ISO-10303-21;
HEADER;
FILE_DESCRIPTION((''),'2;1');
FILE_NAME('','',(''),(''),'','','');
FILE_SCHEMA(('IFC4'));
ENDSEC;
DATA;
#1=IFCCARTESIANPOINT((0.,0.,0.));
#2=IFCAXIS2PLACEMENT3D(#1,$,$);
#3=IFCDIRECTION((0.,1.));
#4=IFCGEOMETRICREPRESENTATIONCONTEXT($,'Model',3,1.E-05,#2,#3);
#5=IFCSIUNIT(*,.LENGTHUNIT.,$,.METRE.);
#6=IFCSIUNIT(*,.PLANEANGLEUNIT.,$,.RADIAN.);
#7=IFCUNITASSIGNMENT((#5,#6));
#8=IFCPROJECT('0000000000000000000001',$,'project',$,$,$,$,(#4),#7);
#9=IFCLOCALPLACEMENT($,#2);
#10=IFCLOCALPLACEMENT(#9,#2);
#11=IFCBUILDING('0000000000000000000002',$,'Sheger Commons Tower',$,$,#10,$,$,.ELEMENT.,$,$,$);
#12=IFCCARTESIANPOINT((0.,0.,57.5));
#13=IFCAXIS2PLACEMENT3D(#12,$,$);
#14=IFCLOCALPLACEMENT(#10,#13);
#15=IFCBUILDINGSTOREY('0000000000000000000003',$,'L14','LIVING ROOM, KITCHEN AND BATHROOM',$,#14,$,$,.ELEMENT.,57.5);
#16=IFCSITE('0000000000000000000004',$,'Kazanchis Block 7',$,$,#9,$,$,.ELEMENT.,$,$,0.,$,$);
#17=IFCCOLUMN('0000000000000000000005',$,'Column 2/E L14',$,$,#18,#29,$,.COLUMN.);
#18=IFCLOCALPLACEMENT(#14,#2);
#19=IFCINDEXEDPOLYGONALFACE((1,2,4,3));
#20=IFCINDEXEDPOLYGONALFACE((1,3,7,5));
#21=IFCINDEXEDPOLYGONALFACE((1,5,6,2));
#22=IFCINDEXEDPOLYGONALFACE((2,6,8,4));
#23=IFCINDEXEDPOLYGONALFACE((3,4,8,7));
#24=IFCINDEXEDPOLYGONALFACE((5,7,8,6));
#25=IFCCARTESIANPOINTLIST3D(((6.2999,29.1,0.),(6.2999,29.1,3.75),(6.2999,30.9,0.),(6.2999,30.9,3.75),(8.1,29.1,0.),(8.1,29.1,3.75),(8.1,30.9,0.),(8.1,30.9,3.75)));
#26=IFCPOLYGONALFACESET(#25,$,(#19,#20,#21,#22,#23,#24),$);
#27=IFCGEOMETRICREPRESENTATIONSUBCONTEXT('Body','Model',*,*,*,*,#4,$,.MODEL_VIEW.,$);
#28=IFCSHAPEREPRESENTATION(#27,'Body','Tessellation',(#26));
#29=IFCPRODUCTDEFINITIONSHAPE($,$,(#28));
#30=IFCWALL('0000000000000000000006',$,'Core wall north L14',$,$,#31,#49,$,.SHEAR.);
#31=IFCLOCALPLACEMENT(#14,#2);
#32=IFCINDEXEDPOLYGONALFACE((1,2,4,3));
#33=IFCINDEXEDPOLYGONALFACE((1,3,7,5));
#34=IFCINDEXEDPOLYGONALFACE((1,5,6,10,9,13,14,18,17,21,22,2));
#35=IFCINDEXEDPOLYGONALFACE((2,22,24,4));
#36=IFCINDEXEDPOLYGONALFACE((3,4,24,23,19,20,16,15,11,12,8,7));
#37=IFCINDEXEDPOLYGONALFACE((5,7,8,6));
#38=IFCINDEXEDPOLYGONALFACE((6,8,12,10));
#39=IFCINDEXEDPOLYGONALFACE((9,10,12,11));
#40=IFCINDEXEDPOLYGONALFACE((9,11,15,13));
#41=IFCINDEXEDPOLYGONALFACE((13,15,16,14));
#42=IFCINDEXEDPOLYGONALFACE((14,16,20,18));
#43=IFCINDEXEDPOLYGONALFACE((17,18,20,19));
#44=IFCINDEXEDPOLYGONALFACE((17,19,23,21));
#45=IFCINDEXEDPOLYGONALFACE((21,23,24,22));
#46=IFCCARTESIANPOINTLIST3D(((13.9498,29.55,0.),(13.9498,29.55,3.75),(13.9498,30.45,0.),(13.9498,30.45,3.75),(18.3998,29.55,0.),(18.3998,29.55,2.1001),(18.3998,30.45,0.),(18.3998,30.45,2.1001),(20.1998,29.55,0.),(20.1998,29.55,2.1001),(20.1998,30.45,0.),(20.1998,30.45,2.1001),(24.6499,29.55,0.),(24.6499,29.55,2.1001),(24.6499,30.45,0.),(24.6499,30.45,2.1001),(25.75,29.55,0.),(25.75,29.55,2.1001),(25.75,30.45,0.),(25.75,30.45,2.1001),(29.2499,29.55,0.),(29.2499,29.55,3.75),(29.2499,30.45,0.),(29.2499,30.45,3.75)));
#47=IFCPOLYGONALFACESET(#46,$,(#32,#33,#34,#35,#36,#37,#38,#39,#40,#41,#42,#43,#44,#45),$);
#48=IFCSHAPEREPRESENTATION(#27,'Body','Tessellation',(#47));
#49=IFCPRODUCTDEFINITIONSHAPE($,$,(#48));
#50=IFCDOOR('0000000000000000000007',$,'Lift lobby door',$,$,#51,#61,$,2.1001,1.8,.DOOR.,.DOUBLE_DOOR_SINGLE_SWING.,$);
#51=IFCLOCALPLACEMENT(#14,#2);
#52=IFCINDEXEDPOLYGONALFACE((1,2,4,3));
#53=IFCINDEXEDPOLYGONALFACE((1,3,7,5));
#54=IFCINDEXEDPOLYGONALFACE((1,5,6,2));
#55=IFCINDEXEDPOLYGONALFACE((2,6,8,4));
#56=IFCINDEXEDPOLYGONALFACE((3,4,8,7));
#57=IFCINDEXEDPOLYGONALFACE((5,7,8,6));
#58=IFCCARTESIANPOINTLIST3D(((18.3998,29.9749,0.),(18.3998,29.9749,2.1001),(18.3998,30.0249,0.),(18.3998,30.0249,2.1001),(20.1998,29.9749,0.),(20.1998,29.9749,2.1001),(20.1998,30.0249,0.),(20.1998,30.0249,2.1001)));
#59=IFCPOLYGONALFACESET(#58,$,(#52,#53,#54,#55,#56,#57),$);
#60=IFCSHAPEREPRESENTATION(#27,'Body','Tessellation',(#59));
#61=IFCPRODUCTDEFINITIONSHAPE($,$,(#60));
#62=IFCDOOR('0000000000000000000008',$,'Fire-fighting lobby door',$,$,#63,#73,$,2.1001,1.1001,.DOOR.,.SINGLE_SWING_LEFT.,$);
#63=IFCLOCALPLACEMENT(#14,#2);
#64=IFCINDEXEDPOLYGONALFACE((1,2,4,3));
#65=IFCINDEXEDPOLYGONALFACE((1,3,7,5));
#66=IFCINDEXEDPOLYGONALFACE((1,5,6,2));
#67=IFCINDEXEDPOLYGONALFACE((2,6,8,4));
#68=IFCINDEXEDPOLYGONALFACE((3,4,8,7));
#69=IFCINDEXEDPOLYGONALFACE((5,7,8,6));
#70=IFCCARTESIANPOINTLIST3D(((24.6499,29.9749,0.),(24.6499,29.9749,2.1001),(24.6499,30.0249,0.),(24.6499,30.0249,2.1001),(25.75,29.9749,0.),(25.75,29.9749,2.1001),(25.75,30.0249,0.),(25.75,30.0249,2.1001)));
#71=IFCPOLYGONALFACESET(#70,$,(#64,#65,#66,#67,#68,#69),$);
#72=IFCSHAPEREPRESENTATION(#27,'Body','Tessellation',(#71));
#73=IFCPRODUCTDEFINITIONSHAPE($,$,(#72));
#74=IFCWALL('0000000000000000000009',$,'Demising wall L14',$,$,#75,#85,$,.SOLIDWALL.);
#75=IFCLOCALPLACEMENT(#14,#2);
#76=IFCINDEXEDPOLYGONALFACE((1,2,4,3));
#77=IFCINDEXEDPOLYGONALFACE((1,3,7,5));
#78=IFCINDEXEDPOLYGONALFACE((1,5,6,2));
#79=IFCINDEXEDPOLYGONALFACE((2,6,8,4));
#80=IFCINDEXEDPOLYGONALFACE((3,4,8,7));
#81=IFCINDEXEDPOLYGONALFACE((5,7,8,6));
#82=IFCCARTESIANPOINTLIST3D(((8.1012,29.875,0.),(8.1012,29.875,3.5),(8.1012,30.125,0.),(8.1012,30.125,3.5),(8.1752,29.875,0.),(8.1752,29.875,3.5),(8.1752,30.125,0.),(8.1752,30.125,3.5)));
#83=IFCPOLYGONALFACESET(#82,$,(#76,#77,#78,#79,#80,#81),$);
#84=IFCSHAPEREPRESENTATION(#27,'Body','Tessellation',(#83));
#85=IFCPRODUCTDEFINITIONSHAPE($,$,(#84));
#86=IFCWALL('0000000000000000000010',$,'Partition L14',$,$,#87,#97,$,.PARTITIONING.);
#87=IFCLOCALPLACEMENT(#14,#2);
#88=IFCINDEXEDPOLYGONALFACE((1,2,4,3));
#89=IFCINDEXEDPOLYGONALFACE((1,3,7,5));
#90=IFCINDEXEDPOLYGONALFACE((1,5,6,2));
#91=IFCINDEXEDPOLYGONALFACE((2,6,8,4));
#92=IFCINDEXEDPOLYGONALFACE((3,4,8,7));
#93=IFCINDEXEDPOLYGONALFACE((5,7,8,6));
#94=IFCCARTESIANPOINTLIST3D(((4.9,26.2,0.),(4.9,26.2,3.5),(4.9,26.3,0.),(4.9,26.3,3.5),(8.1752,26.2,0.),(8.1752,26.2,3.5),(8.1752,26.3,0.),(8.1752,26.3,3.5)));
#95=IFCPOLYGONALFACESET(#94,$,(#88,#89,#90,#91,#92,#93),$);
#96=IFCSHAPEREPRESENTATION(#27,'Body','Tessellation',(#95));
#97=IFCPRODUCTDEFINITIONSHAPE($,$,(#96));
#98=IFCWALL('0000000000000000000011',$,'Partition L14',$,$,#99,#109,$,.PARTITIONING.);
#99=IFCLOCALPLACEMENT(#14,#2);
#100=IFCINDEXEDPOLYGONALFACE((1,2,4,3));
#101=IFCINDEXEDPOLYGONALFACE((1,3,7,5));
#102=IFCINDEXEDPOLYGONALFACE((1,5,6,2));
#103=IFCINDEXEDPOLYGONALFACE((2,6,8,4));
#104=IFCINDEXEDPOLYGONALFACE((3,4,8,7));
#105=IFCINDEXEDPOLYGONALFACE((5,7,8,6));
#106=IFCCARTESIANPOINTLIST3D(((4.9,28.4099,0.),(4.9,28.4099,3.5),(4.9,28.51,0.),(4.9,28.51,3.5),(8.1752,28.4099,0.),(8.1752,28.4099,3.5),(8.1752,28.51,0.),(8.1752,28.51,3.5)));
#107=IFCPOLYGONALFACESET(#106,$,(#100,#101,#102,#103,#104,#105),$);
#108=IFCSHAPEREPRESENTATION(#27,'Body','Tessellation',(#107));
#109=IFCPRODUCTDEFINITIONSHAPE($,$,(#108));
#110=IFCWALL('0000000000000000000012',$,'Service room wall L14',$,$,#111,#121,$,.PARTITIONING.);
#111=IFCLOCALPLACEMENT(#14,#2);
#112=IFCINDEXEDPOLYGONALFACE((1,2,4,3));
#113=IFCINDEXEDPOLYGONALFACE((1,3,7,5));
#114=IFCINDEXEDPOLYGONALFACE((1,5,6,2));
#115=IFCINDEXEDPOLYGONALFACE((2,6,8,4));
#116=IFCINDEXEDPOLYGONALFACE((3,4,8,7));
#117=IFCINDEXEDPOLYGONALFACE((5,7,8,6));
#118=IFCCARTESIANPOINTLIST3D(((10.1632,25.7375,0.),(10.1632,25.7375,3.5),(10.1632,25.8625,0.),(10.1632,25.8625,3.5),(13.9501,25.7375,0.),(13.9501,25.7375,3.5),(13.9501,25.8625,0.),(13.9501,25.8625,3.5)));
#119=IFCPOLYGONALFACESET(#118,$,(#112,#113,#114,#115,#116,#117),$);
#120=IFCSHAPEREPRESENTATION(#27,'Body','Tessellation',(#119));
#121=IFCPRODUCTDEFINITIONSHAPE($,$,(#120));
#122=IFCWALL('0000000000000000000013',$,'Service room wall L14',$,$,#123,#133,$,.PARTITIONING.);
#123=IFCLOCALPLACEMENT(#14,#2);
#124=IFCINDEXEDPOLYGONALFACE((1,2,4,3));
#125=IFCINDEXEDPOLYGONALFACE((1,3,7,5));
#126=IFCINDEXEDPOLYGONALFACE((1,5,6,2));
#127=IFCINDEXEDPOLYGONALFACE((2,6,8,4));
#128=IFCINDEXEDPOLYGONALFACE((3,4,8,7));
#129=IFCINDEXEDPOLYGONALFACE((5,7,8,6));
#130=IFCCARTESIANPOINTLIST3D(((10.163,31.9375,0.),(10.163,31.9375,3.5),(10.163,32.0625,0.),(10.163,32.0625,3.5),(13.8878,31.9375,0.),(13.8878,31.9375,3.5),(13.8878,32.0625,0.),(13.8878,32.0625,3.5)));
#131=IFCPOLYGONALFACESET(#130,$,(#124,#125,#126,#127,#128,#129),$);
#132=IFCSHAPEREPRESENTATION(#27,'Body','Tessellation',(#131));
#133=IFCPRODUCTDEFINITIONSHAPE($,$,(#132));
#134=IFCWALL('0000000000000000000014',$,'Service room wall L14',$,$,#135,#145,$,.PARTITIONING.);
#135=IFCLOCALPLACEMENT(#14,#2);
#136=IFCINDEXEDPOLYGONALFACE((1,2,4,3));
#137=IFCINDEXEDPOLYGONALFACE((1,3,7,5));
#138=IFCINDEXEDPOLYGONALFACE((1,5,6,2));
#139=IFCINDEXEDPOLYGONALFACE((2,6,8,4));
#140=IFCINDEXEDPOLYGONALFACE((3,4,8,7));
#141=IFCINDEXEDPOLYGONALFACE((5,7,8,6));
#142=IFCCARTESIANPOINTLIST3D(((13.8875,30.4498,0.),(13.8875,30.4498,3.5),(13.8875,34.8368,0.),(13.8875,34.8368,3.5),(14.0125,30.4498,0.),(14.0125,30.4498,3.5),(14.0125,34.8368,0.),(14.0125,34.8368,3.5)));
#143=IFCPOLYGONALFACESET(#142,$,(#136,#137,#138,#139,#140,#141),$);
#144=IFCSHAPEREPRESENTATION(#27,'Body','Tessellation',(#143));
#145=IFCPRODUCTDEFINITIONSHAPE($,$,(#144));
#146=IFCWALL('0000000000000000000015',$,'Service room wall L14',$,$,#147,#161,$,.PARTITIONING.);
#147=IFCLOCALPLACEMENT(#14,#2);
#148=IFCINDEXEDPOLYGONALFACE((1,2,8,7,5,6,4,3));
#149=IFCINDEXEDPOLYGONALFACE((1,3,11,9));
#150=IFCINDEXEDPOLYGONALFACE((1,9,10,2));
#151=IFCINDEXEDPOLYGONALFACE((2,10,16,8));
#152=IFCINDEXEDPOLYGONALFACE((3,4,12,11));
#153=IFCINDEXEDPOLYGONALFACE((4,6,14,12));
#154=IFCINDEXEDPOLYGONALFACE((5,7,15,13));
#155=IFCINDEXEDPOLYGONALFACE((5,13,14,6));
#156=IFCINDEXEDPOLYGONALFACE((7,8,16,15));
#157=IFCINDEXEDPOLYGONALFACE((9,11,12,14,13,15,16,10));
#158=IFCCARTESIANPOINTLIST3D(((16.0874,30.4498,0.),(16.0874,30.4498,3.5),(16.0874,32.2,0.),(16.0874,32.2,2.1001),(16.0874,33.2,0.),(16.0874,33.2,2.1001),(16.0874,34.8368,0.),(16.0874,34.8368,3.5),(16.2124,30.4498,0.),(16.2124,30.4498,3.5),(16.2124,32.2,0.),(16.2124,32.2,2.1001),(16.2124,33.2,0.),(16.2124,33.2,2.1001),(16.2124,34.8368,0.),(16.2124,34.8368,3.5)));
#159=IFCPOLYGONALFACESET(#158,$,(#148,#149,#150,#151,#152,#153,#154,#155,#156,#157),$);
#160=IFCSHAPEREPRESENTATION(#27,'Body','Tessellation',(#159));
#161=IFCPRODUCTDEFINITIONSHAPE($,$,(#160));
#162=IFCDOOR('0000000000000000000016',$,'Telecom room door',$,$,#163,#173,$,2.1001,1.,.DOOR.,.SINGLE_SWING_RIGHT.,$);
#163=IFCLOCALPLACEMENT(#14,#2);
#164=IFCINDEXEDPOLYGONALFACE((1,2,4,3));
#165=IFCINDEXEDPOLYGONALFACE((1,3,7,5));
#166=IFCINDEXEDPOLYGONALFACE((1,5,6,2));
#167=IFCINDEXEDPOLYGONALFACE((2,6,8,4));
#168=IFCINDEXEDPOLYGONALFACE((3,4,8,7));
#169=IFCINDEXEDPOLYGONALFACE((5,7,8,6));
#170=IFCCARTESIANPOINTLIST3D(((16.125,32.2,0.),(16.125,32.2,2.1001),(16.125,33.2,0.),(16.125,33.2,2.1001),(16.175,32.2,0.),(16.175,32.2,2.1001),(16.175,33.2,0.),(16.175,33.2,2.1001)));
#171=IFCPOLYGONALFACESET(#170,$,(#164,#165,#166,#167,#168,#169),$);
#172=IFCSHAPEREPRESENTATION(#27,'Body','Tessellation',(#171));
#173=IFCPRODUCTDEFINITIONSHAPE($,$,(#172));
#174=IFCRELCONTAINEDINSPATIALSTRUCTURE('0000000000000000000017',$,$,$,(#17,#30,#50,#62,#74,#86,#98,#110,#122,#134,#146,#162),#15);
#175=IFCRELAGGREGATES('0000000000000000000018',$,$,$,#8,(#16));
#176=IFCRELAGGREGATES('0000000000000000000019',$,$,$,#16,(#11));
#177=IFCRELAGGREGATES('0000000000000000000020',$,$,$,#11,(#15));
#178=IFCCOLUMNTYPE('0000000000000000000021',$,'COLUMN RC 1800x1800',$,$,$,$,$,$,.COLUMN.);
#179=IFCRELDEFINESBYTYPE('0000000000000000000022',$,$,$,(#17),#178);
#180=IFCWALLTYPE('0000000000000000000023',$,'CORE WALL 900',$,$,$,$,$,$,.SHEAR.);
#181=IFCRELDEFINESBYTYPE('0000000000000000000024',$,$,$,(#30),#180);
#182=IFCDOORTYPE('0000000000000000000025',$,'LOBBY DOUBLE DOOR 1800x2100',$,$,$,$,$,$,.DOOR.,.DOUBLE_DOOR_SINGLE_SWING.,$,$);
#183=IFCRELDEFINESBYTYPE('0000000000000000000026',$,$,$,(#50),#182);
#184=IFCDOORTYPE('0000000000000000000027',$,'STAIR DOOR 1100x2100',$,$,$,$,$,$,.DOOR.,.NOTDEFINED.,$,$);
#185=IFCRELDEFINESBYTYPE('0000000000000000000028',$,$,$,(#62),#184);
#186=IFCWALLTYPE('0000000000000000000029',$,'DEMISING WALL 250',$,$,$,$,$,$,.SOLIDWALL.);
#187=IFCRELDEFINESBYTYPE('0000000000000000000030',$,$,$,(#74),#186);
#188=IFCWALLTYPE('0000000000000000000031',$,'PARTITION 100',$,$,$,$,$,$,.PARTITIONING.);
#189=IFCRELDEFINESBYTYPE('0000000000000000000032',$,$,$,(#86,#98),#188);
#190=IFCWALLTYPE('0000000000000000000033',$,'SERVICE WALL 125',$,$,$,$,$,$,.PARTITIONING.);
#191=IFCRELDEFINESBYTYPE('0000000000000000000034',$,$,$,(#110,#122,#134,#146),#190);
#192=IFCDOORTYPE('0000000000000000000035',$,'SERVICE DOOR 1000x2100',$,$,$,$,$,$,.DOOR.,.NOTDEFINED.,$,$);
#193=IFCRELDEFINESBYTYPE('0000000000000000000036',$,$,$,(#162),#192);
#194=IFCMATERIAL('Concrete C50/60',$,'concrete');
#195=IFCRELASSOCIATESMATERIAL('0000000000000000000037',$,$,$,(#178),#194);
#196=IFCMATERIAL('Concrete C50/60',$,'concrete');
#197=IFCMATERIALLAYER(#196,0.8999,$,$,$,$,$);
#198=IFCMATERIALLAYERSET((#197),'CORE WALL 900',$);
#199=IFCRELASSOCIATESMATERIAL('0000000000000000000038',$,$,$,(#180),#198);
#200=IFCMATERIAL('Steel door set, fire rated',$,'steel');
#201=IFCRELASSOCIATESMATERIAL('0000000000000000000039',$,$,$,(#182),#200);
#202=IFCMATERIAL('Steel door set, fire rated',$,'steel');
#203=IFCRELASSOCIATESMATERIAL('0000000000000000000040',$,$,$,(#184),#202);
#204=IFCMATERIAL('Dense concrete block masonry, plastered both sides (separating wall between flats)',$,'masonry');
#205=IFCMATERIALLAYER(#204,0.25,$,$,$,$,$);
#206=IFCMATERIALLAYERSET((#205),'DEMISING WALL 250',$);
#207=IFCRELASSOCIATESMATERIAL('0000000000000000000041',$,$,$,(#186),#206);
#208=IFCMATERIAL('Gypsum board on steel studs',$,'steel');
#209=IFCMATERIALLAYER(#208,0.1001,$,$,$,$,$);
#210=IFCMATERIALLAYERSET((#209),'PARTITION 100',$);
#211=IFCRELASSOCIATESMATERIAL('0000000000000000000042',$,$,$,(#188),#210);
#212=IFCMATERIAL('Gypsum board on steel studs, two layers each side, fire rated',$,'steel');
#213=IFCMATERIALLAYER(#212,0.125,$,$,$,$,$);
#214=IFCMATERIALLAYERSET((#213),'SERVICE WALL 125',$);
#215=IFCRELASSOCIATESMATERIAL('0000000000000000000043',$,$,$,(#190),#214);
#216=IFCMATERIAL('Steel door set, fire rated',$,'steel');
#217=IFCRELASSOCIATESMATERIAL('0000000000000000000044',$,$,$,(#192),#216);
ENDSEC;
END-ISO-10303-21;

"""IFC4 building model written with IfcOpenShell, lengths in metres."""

from ifc_helpers import new_model, si_unit, direction, frame, frame_2d, origin, origin_2d, place, context, subcontext, project, spatial, rectangle, extrude, material, layer, layer_set, material_profile, profile_set, type_object, element, fill, save


model = new_model("IFC4")

# Units and contexts
model_context = context("Model", 3, precision=1e-05, world=origin(), true_north=direction((0.0, 1.0)))
body_context = subcontext(model_context, "Body", "Model", "MODEL_VIEW")
ifc_project = project(units=[si_unit("LENGTHUNIT", "METRE"), si_unit("PLANEANGLEUNIT", "RADIAN")], contexts=[model_context])

# Site, building, storey
site_placement = place(None, origin())
site = spatial("IfcSite", under=ifc_project, at=site_placement, Name="Kazanchis Block 7", CompositionType="ELEMENT", RefElevation=0.0)
building_placement = place(site_placement, origin())
building = spatial("IfcBuilding", under=site, at=building_placement, Name="Sheger Commons Tower", CompositionType="ELEMENT")
storey_placement = place(building_placement, frame((0.0, 0.0, 57.5)))
storey = spatial("IfcBuildingStorey", under=building, at=storey_placement, Name="L14", Description="LIVING ROOM, KITCHEN AND BATHROOM", CompositionType="ELEMENT", Elevation=57.5)

# Column
ifc_material_1 = material(Name="Concrete C50/60", Category="concrete")
ifc_material_profile = material_profile(ifc_material_1, rectangle(XDim=1.8, YDim=1.8, at=origin_2d()), Name="RC 1800x1800")
ifc_profile_set = profile_set([ifc_material_profile], Name="Concrete C50/60")
column_type = type_object("IfcColumnType", Name="COLUMN RC 1800x1800", PredefinedType="COLUMN", material=ifc_profile_set)
column_placement = place(storey_placement, frame((7.2, 30.0, 0.0), z_axis=(0.0, 0.0, 1.0), x_axis=(1.0, 0.0, 0.0)))
element("IfcColumn", 1, at=column_placement, inside=storey, type_object=column_type, Name="Column 2/E L14", PredefinedType="COLUMN", context=body_context, shape_type="SweptSolid", body=[
    extrude(rectangle(XDim=1.8, YDim=1.8, at=origin_2d()), origin(), (0.0, 0.0, 1.0), 3.75),
])

# Wall, openings, doors
ifc_material_2 = material(Name="Concrete C50/60", Category="concrete")
ifc_layer_1 = layer(ifc_material_2, 0.8999)
ifc_layer_set_1 = layer_set([ifc_layer_1], Name="CORE WALL 900")
wall_type_1 = type_object("IfcWallType", Name="CORE WALL 900", PredefinedType="SHEAR", material=ifc_layer_set_1)
wall_1_placement = place(storey_placement, frame((13.95, 30.0, 0.0), z_axis=(0.0, 0.0, 1.0), x_axis=(1.0, 0.0, 0.0)))
wall_1 = element("IfcWall", 2, at=wall_1_placement, inside=storey, type_object=wall_type_1, Name="Core wall north L14", PredefinedType="SHEAR", context=body_context, shape_type="SweptSolid", body=[
    extrude(rectangle(XDim=15.3, YDim=0.8999, at=frame_2d((7.6499, 0.0))), origin(), (0.0, 0.0, 1.0), 3.75),
])
opening_1_placement = place(wall_1_placement, frame((4.45, 0.0, 0.0)))
opening_1 = element("IfcOpeningElement", 3, at=opening_1_placement, cuts=wall_1, PredefinedType="OPENING", context=body_context, shape_type="SweptSolid", body=[
    extrude(rectangle(XDim=1.8, YDim=2.1001, at=frame_2d((0.8999, 1.05))), frame((0.0, 0.46, 0.0), z_axis=(0.0, -1.0, 0.0), x_axis=(1.0, 0.0, 0.0)), (0.0, 0.0, 1.0), 0.9199),
])
opening_2_placement = place(wall_1_placement, frame((10.7, 0.0, 0.0)))
opening_2 = element("IfcOpeningElement", 4, at=opening_2_placement, cuts=wall_1, PredefinedType="OPENING", context=body_context, shape_type="SweptSolid", body=[
    extrude(rectangle(XDim=1.1001, YDim=2.1001, at=frame_2d((0.55, 1.05))), frame((0.0, 0.46, 0.0), z_axis=(0.0, -1.0, 0.0), x_axis=(1.0, 0.0, 0.0)), (0.0, 0.0, 1.0), 0.9199),
])
ifc_material_3 = material(Name="Steel door set, fire rated", Category="steel")
door_type_1 = type_object("IfcDoorType", Name="LOBBY DOUBLE DOOR 1800x2100", OperationType="DOUBLE_DOOR_SINGLE_SWING", PredefinedType="DOOR", material=ifc_material_3)
door_1_placement = place(opening_1_placement, origin())
door_1 = element("IfcDoor", 5, at=door_1_placement, inside=storey, type_object=door_type_1, Name="Lift lobby door", OperationType="DOUBLE_DOOR_SINGLE_SWING", OverallHeight=2.1001, OverallWidth=1.8, PredefinedType="DOOR", context=body_context, shape_type="SweptSolid", body=[
    extrude(rectangle(XDim=1.8, YDim=2.1001, at=frame_2d((0.8999, 1.05))), frame((0.0, 0.0249, 0.0), z_axis=(0.0, -1.0, 0.0), x_axis=(1.0, 0.0, 0.0)), (0.0, 0.0, 1.0), 0.05),
])
fill(opening_1, door_1)
ifc_material_4 = material(Name="Steel door set, fire rated", Category="steel")
door_type_2 = type_object("IfcDoorType", Name="STAIR DOOR 1100x2100", OperationType="NOTDEFINED", PredefinedType="DOOR", material=ifc_material_4)
door_2_placement = place(opening_2_placement, origin())
door_2 = element("IfcDoor", 6, at=door_2_placement, inside=storey, type_object=door_type_2, Name="Fire-fighting lobby door", OperationType="SINGLE_SWING_LEFT", OverallHeight=2.1001, OverallWidth=1.1001, PredefinedType="DOOR", context=body_context, shape_type="SweptSolid", body=[
    extrude(rectangle(XDim=1.1001, YDim=2.1001, at=frame_2d((0.55, 1.05))), frame((0.0, 0.0249, 0.0), z_axis=(0.0, -1.0, 0.0), x_axis=(1.0, 0.0, 0.0)), (0.0, 0.0, 1.0), 0.05),
])
fill(opening_2, door_2)

# Walls
ifc_material_5 = material(Name="Dense concrete block masonry, plastered both sides (separating wall between flats)", Category="masonry")
ifc_layer_2 = layer(ifc_material_5, 0.25)
ifc_layer_set_2 = layer_set([ifc_layer_2], Name="DEMISING WALL 250")
wall_type_2 = type_object("IfcWallType", Name="DEMISING WALL 250", PredefinedType="SOLIDWALL", material=ifc_layer_set_2)
wall_2_placement = place(storey_placement, frame((8.1011, 30.0, 0.0), z_axis=(0.0, 0.0, 1.0), x_axis=(1.0, 0.0, 0.0)))
element("IfcWall", 7, at=wall_2_placement, inside=storey, type_object=wall_type_2, Name="Demising wall L14", PredefinedType="SOLIDWALL", context=body_context, shape_type="SweptSolid", body=[
    extrude(rectangle(XDim=0.074, YDim=0.25, at=frame_2d((0.0371, 0.0))), origin(), (0.0, 0.0, 1.0), 3.5),
])
ifc_material_6 = material(Name="Gypsum board on steel studs", Category="steel")
ifc_layer_3 = layer(ifc_material_6, 0.1001)
ifc_layer_set_3 = layer_set([ifc_layer_3], Name="PARTITION 100")
wall_type_3 = type_object("IfcWallType", Name="PARTITION 100", PredefinedType="PARTITIONING", material=ifc_layer_set_3)
for number, where, z_axis, x_axis, name in (
    (8, (4.8999, 26.25, 0.0), (0.0, 0.0, 1.0), (1.0, 0.0, 0.0), "Partition L14"),
    (9, (4.8999, 28.46, 0.0), (0.0, 0.0, 1.0), (1.0, 0.0, 0.0), "Partition L14"),
):
    element("IfcWall", number, at=place(storey_placement, frame(where, z_axis=z_axis, x_axis=x_axis)), inside=storey, type_object=wall_type_3, Name=name, PredefinedType="PARTITIONING", context=body_context, shape_type="SweptSolid", body=[
        extrude(rectangle(XDim=3.2751, YDim=0.1001, at=frame_2d((1.6377, 0.0))), origin(), (0.0, 0.0, 1.0), 3.5),
    ])
ifc_material_7 = material(Name="Gypsum board on steel studs, two layers each side, fire rated", Category="steel")
ifc_layer_4 = layer(ifc_material_7, 0.125)
ifc_layer_set_4 = layer_set([ifc_layer_4], Name="SERVICE WALL 125")
wall_type_4 = type_object("IfcWallType", Name="SERVICE WALL 125", PredefinedType="PARTITIONING", material=ifc_layer_set_4)
wall_3_placement = place(storey_placement, frame((10.1631, 25.8, 0.0), z_axis=(0.0, 0.0, 1.0), x_axis=(1.0, 0.0, 0.0)))
element("IfcWall", 10, at=wall_3_placement, inside=storey, type_object=wall_type_4, Name="Service room wall L14", PredefinedType="PARTITIONING", context=body_context, shape_type="SweptSolid", body=[
    extrude(rectangle(XDim=3.7869, YDim=0.125, at=frame_2d((1.8936, 0.0))), origin(), (0.0, 0.0, 1.0), 3.5),
])
wall_4_placement = place(storey_placement, frame((10.1631, 32.0, 0.0), z_axis=(0.0, 0.0, 1.0), x_axis=(1.0, 0.0, 0.0)))
element("IfcWall", 11, at=wall_4_placement, inside=storey, type_object=wall_type_4, Name="Service room wall L14", PredefinedType="PARTITIONING", context=body_context, shape_type="SweptSolid", body=[
    extrude(rectangle(XDim=3.7249, YDim=0.125, at=frame_2d((1.8623, 0.0))), origin(), (0.0, 0.0, 1.0), 3.5),
])
wall_5_placement = place(storey_placement, frame((13.95, 30.45, 0.0), z_axis=(0.0, 0.0, 1.0), x_axis=(0.0, 1.0, 0.0)))
element("IfcWall", 12, at=wall_5_placement, inside=storey, type_object=wall_type_4, Name="Service room wall L14", PredefinedType="PARTITIONING", context=body_context, shape_type="SweptSolid", body=[
    extrude(rectangle(XDim=4.387, YDim=0.125, at=frame_2d((2.1934, 0.0))), origin(), (0.0, 0.0, 1.0), 3.5),
])

# Wall, opening, door
wall_6_placement = place(storey_placement, frame((16.1499, 30.45, 0.0), z_axis=(0.0, 0.0, 1.0), x_axis=(0.0, 1.0, 0.0)))
wall_6 = element("IfcWall", 13, at=wall_6_placement, inside=storey, type_object=wall_type_4, Name="Service room wall L14", PredefinedType="PARTITIONING", context=body_context, shape_type="SweptSolid", body=[
    extrude(rectangle(XDim=4.387, YDim=0.125, at=frame_2d((2.1934, 0.0))), origin(), (0.0, 0.0, 1.0), 3.5),
])
opening_3_placement = place(wall_6_placement, frame((1.75, 0.0, 0.0)))
opening_3 = element("IfcOpeningElement", 14, at=opening_3_placement, cuts=wall_6, PredefinedType="OPENING", context=body_context, shape_type="SweptSolid", body=[
    extrude(rectangle(XDim=1.0, YDim=2.1001, at=frame_2d((0.5, 1.05))), frame((0.0, 0.0725, 0.0), z_axis=(0.0, -1.0, 0.0), x_axis=(1.0, 0.0, 0.0)), (0.0, 0.0, 1.0), 0.145),
])
ifc_material_8 = material(Name="Steel door set, fire rated", Category="steel")
door_type_3 = type_object("IfcDoorType", Name="SERVICE DOOR 1000x2100", OperationType="NOTDEFINED", PredefinedType="DOOR", material=ifc_material_8)
door_3_placement = place(opening_3_placement, origin())
door_3 = element("IfcDoor", 15, at=door_3_placement, inside=storey, type_object=door_type_3, Name="Telecom room door", OperationType="SINGLE_SWING_RIGHT", OverallHeight=2.1001, OverallWidth=1.0, PredefinedType="DOOR", context=body_context, shape_type="SweptSolid", body=[
    extrude(rectangle(XDim=1.0, YDim=2.1001, at=frame_2d((0.5, 1.05))), frame((0.0, 0.0249, 0.0), z_axis=(0.0, -1.0, 0.0), x_axis=(1.0, 0.0, 0.0)), (0.0, 0.0, 1.0), 0.05),
])
fill(opening_3, door_3)

save(model, "model.ifc")
